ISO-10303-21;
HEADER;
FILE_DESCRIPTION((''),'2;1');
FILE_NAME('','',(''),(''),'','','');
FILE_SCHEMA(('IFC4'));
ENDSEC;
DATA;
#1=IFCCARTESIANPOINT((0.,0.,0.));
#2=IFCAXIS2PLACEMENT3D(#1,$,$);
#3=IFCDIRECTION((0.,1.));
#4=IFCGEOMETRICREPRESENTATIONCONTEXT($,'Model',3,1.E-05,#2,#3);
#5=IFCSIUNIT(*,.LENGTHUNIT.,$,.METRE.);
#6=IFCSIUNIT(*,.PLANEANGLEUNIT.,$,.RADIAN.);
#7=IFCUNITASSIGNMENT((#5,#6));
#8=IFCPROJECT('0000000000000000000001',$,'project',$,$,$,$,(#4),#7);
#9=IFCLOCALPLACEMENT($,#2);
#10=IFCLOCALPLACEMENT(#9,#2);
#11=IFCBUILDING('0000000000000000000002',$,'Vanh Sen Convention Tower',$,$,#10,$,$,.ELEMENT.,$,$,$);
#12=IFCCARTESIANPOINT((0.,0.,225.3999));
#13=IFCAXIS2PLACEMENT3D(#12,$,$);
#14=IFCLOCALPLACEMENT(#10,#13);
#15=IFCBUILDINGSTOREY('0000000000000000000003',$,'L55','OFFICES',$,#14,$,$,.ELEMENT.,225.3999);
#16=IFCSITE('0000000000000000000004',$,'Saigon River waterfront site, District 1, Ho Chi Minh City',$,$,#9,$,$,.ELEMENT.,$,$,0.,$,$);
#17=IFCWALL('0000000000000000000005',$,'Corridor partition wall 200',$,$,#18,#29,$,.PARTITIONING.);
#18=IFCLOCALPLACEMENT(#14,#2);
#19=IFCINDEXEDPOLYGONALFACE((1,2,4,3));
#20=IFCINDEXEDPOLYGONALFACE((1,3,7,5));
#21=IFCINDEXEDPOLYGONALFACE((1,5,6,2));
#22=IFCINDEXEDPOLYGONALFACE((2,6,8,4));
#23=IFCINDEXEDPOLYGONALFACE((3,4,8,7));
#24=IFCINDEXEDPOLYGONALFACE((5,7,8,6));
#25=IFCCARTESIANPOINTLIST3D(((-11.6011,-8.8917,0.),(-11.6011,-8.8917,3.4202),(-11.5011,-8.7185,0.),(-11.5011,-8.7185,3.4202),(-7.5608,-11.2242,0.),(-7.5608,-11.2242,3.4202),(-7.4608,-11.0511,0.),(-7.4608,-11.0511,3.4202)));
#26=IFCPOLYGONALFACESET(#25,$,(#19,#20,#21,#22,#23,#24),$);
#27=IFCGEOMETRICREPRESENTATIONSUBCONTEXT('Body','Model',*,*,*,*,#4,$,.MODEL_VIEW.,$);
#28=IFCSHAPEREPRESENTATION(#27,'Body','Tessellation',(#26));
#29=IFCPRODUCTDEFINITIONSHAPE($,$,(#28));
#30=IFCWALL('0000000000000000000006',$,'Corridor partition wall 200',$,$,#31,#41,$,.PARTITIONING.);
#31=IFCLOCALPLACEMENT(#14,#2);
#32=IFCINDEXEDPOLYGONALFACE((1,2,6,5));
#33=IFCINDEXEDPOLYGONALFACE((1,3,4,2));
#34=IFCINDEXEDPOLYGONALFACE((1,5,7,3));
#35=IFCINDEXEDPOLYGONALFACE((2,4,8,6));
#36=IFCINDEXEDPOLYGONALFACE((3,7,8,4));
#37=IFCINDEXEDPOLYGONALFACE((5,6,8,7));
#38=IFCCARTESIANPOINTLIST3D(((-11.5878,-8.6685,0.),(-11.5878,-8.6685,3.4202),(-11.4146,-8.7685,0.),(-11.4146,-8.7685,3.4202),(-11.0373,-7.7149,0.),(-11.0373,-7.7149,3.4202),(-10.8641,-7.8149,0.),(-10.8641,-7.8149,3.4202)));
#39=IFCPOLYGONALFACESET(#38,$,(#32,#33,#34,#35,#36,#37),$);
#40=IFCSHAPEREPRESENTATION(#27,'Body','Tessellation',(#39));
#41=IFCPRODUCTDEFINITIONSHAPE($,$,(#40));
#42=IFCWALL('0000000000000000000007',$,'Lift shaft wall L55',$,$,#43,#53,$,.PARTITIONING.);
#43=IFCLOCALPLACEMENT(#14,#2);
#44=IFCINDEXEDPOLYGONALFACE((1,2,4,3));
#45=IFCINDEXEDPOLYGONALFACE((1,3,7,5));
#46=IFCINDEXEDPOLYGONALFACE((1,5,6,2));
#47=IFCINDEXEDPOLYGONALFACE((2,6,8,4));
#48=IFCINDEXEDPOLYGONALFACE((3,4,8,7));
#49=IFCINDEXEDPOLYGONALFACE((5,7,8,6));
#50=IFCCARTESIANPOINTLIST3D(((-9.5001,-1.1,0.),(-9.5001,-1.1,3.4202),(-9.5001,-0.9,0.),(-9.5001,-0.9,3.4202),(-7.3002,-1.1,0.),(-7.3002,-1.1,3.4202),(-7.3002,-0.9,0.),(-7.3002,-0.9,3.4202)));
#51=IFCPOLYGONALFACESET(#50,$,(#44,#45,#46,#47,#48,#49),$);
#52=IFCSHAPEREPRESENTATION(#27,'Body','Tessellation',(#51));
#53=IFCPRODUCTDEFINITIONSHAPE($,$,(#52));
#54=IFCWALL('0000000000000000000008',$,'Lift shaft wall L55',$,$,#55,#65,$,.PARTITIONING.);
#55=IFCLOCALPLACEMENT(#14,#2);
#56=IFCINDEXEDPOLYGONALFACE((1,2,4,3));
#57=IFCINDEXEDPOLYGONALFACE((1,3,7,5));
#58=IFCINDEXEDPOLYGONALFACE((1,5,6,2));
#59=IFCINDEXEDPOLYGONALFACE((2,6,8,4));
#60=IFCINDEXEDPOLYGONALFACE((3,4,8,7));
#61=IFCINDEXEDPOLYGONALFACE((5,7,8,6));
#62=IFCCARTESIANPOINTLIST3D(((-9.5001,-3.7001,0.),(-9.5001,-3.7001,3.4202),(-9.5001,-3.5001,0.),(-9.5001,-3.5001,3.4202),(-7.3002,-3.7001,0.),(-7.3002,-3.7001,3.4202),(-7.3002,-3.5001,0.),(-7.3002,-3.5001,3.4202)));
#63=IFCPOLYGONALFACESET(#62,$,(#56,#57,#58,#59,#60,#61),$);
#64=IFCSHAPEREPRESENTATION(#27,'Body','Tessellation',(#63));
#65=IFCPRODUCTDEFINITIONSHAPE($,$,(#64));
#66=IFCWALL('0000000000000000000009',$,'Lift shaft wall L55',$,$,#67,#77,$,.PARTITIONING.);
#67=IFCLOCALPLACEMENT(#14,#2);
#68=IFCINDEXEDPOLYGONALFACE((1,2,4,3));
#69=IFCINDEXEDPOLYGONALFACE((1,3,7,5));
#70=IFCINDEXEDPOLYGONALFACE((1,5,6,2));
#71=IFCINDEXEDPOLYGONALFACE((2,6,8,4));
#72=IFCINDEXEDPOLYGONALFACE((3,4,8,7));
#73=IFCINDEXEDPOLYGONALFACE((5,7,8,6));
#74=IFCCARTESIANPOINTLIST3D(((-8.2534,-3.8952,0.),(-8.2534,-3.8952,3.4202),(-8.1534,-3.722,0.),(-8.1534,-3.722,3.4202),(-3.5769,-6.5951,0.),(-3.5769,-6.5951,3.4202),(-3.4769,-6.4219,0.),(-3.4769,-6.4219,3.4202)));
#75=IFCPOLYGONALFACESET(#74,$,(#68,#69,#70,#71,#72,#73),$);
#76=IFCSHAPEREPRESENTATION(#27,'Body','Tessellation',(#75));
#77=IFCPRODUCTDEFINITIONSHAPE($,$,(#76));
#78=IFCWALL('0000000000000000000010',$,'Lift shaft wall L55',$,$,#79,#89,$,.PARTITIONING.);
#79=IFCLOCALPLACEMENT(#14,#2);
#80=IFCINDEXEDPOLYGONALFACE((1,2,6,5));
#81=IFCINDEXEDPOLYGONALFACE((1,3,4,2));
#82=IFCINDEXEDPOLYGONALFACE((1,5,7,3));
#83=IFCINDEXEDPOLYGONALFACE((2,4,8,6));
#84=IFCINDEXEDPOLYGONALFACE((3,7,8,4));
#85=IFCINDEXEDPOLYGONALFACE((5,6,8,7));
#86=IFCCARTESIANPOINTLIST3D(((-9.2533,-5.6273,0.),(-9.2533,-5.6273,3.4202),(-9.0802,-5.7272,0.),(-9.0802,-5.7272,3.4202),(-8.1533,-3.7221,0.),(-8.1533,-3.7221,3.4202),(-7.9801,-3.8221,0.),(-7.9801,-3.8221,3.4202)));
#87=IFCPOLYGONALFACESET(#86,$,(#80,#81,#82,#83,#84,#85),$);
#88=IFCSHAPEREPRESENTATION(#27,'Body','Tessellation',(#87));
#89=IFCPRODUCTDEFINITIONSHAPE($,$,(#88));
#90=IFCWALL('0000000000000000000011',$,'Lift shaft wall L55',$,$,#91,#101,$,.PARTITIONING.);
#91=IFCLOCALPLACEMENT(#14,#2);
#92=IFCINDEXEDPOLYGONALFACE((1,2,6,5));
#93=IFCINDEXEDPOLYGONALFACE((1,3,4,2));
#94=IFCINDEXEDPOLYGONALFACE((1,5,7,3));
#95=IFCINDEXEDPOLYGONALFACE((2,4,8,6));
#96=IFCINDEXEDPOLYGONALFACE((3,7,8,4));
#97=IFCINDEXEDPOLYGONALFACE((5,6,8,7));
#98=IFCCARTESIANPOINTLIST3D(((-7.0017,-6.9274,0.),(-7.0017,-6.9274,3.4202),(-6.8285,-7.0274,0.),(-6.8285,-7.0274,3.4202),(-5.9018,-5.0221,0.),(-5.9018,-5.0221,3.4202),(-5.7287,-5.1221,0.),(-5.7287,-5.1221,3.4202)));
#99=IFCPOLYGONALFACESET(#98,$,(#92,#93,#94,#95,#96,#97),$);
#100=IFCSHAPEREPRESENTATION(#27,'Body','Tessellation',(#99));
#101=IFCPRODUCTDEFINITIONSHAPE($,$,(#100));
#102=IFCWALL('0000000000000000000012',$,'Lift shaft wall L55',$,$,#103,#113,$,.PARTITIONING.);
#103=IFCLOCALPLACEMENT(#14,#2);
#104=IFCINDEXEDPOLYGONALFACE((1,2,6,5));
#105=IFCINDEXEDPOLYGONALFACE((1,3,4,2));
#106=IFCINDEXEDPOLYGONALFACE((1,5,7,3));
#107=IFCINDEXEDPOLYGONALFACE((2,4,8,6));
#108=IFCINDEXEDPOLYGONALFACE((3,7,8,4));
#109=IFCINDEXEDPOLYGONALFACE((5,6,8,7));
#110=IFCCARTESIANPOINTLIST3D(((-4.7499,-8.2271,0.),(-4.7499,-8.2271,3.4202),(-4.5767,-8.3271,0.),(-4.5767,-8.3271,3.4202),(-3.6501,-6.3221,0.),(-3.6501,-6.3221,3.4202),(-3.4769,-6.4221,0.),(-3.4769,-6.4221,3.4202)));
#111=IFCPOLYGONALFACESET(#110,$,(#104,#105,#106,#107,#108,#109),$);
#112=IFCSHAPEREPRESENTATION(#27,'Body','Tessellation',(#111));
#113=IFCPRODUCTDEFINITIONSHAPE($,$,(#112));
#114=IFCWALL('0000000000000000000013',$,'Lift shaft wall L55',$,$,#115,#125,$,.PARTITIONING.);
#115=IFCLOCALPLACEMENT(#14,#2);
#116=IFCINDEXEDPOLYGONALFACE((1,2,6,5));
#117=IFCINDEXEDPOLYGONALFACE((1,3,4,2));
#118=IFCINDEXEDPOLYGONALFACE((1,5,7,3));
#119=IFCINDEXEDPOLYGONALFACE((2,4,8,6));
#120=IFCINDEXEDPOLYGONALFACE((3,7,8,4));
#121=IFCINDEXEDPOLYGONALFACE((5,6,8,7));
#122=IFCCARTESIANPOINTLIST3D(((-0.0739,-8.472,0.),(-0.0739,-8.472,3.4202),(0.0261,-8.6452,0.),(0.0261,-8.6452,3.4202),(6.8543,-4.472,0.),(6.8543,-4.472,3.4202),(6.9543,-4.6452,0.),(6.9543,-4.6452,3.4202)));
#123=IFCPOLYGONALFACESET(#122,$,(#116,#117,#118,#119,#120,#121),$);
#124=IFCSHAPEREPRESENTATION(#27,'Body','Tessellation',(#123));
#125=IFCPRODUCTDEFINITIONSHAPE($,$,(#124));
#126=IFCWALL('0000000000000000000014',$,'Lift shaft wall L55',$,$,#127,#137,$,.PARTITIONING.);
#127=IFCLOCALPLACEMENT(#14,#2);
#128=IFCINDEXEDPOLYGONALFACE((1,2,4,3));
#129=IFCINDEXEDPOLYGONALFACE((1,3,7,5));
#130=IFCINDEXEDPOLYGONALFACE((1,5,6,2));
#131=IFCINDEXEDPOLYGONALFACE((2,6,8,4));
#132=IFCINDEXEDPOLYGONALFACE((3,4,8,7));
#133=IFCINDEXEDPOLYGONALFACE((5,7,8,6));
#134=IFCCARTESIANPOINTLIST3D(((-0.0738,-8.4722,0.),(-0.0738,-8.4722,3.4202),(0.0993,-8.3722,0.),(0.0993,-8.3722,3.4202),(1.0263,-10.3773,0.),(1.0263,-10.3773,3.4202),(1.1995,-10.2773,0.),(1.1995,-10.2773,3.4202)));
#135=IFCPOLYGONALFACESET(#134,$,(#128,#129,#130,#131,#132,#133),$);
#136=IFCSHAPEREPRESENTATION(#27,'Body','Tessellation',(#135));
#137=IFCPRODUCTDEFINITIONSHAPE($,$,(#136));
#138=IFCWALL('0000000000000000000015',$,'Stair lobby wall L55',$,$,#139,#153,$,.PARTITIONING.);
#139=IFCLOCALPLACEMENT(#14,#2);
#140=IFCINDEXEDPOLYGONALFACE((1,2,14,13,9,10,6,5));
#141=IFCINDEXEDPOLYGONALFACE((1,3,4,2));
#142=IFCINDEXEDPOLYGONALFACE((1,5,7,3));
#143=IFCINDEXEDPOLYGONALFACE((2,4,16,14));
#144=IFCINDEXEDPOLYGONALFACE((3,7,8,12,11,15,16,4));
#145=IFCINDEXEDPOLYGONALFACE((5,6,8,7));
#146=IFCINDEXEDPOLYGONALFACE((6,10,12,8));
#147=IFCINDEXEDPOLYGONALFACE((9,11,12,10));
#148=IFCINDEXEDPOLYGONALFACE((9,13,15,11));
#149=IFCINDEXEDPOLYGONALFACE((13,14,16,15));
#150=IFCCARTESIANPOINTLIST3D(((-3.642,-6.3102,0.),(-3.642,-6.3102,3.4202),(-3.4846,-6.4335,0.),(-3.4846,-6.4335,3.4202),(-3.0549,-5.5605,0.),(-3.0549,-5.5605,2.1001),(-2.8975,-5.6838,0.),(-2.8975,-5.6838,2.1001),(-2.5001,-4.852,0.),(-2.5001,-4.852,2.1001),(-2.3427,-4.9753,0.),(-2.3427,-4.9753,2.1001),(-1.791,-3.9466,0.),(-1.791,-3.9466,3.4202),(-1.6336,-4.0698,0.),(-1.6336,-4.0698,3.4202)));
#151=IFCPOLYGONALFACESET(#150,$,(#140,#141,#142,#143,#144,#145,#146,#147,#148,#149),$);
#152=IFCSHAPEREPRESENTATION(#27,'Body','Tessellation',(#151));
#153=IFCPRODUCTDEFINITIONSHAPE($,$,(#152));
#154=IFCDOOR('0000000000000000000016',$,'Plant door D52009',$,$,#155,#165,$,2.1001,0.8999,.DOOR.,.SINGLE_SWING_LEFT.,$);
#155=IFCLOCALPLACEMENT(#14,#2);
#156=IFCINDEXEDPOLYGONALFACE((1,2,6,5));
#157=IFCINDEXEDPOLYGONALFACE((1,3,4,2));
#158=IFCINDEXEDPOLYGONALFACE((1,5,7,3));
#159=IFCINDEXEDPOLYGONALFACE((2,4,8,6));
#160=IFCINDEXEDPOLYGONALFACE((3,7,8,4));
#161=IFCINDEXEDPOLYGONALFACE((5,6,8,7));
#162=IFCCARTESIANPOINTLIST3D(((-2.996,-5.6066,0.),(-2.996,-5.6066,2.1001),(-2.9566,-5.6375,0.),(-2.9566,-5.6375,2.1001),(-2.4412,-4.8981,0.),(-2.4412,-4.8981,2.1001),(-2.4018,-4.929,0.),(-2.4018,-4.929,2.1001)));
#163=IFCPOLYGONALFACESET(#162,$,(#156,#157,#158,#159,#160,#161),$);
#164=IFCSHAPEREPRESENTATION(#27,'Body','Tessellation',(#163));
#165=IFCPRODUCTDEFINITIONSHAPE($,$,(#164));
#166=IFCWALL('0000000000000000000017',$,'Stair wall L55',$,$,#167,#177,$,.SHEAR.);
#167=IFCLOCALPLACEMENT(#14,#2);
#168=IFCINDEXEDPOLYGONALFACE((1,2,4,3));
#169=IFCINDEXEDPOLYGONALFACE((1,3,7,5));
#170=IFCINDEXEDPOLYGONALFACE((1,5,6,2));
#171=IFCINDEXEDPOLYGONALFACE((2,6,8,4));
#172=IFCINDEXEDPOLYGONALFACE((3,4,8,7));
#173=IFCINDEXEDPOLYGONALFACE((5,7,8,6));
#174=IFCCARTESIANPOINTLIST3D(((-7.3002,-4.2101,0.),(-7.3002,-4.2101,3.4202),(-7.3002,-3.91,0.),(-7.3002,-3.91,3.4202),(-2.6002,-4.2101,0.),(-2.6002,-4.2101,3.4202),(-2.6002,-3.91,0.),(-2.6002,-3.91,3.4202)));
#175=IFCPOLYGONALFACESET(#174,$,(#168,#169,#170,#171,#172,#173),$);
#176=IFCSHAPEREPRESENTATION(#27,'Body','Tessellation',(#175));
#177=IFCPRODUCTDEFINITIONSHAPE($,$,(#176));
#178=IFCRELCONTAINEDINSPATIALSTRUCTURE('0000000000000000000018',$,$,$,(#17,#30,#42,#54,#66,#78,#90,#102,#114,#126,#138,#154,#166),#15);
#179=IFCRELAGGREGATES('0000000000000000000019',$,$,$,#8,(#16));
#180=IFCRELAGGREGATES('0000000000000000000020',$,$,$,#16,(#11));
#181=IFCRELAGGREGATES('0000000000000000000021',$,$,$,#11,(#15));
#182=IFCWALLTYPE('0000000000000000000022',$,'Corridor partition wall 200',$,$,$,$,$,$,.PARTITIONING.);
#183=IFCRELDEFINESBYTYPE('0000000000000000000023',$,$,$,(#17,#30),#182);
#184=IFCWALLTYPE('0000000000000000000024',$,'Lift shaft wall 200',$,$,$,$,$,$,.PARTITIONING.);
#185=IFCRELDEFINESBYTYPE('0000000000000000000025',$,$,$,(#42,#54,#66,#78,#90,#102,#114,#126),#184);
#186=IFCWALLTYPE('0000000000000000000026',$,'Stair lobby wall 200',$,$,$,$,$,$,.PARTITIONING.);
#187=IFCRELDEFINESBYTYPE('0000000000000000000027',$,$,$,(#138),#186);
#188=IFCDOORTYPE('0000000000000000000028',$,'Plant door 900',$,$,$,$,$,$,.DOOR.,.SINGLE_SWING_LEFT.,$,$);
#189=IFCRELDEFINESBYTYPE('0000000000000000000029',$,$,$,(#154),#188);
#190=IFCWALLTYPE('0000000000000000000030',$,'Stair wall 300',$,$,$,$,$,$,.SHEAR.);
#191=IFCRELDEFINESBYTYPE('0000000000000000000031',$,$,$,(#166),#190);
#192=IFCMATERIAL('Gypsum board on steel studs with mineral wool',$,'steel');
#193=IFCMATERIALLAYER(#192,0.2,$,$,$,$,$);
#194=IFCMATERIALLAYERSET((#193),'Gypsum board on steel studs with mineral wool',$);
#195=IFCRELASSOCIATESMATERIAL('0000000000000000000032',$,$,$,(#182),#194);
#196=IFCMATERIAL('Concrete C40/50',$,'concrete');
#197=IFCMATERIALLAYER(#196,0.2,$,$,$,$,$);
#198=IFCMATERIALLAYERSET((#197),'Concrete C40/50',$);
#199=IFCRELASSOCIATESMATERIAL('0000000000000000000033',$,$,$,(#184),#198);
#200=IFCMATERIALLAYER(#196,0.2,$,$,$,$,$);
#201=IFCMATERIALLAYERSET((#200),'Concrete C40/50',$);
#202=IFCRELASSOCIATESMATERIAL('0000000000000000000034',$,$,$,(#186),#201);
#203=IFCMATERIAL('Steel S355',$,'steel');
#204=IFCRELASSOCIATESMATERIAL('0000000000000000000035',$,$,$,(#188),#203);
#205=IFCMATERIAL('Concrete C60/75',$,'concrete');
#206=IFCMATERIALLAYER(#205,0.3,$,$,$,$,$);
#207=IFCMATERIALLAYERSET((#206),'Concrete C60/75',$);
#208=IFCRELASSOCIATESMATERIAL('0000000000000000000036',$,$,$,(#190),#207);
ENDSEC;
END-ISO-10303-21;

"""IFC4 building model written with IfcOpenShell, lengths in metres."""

from ifc_helpers import new_model, si_unit, direction, frame, frame_2d, origin, place, context, subcontext, project, spatial, rectangle, extrude, material, layer, layer_set, type_object, element, fill, save


model = new_model("IFC4")

# Units and contexts
model_context = context("Model", 3, precision=1e-05, world=origin(), true_north=direction((0.0, 1.0)))
body_context = subcontext(model_context, "Body", "Model", "MODEL_VIEW")
ifc_project = project(units=[si_unit("LENGTHUNIT", "METRE"), si_unit("PLANEANGLEUNIT", "RADIAN")], contexts=[model_context])

# Site, building, storey
site_placement = place(None, origin())
site = spatial("IfcSite", under=ifc_project, at=site_placement, Name="Saigon River waterfront site, District 1, Ho Chi Minh City", CompositionType="ELEMENT", RefElevation=0.0)
building_placement = place(site_placement, origin())
building = spatial("IfcBuilding", under=site, at=building_placement, Name="Vanh Sen Convention Tower", CompositionType="ELEMENT")
storey_placement = place(building_placement, frame((0.0, 0.0, 225.3999)))
storey = spatial("IfcBuildingStorey", under=building, at=storey_placement, Name="L55", Description="OFFICES", CompositionType="ELEMENT", Elevation=225.3999)

# Shared definitions
ifc_material_1 = material(Name="Concrete C40/50", Category="concrete")

# Shared definitions
ifc_material_2 = material(Name="Concrete C60/75", Category="concrete")
ifc_material_3 = material(Name="Steel S355", Category="steel")

# Walls
ifc_material_4 = material(Name="Gypsum board on steel studs with mineral wool", Category="steel")
ifc_layer_1 = layer(ifc_material_4, 0.2)
ifc_layer_set_1 = layer_set([ifc_layer_1], Name="Gypsum board on steel studs with mineral wool")
wall_type_1 = type_object("IfcWallType", Name="Corridor partition wall 200", PredefinedType="PARTITIONING", material=ifc_layer_set_1)
wall_1_placement = place(storey_placement, frame((-11.551, -8.8052, 0.0), z_axis=(0.0, 0.0, 1.0), x_axis=(0.866038, -0.499978, 0.0)))
element("IfcWall", 1, at=wall_1_placement, inside=storey, type_object=wall_type_1, Name="Corridor partition wall 200", PredefinedType="PARTITIONING", context=body_context, shape_type="SweptSolid", body=[
    extrude(rectangle(XDim=4.6653, YDim=0.2, at=frame_2d((2.3325, 0.0))), origin(), (0.0, 0.0, 1.0), 3.4202),
])
wall_2_placement = place(storey_placement, frame((-10.9507, -7.7649, 0.0), z_axis=(0.0, 0.0, 1.0), x_axis=(-0.499978, -0.866038, 0.0)))
element("IfcWall", 2, at=wall_2_placement, inside=storey, type_object=wall_type_1, Name="Corridor partition wall 200", PredefinedType="PARTITIONING", context=body_context, shape_type="SweptSolid", body=[
    extrude(rectangle(XDim=1.1011, YDim=0.2, at=frame_2d((0.5505, 0.0))), origin(), (0.0, 0.0, 1.0), 3.4202),
])
ifc_layer_2 = layer(ifc_material_1, 0.2)
ifc_layer_set_2 = layer_set([ifc_layer_2], Name="Concrete C40/50")
wall_type_2 = type_object("IfcWallType", Name="Lift shaft wall 200", PredefinedType="PARTITIONING", material=ifc_layer_set_2)
for number, where, z_axis, x_axis, name in (
    (3, (-7.3, -1.0, 0.0), (0.0, 0.0, 1.0), (-1.0, 0.0, 0.0), "Lift shaft wall L55"),
    (4, (-7.3, -3.6001, 0.0), (0.0, 0.0, 1.0), (-1.0, 0.0, 0.0), "Lift shaft wall L55"),
):
    element("IfcWall", number, at=place(storey_placement, frame(where, z_axis=z_axis, x_axis=x_axis)), inside=storey, type_object=wall_type_2, Name=name, PredefinedType="PARTITIONING", context=body_context, shape_type="SweptSolid", body=[
        extrude(rectangle(XDim=2.2, YDim=0.2, at=frame_2d((1.1001, 0.0))), origin(), (0.0, 0.0, 1.0), 3.4202),
    ])
wall_3_placement = place(storey_placement, frame((-8.2034, -3.8086, 0.0), z_axis=(0.0, 0.0, 1.0), x_axis=(0.866028, -0.499995, 0.0)))
element("IfcWall", 5, at=wall_3_placement, inside=storey, type_object=wall_type_2, Name="Lift shaft wall L55", PredefinedType="PARTITIONING", context=body_context, shape_type="SweptSolid", body=[
    extrude(rectangle(XDim=5.3999, YDim=0.2, at=frame_2d((2.7, 0.0))), origin(), (0.0, 0.0, 1.0), 3.4202),
])
for number, where, z_axis, x_axis, name in (
    (6, (-8.0667, -3.772, 0.0), (0.0, 0.0, 1.0), (-0.50003, -0.866008, 0.0), "Lift shaft wall L55"),
    (7, (-5.8152, -5.072, 0.0), (0.0, 0.0, 1.0), (-0.499947, -0.866056, 0.0), "Lift shaft wall L55"),
):
    element("IfcWall", number, at=place(storey_placement, frame(where, z_axis=z_axis, x_axis=x_axis)), inside=storey, type_object=wall_type_2, Name=name, PredefinedType="PARTITIONING", context=body_context, shape_type="SweptSolid", body=[
        extrude(rectangle(XDim=2.2, YDim=0.2, at=frame_2d((1.1001, 0.0))), origin(), (0.0, 0.0, 1.0), 3.4202),
    ])
wall_4_placement = place(storey_placement, frame((-3.5635, -6.3721, 0.0), z_axis=(0.0, 0.0, 1.0), x_axis=(-0.499995, -0.866028, 0.0)))
element("IfcWall", 8, at=wall_4_placement, inside=storey, type_object=wall_type_2, Name="Lift shaft wall L55", PredefinedType="PARTITIONING", context=body_context, shape_type="SweptSolid", body=[
    extrude(rectangle(XDim=2.1997, YDim=0.2, at=frame_2d((1.0999, 0.0))), origin(), (0.0, 0.0, 1.0), 3.4202),
])
wall_5_placement = place(storey_placement, frame((-0.0239, -8.5586, 0.0), z_axis=(0.0, 0.0, 1.0), x_axis=(0.866026, 0.499999, 0.0)))
element("IfcWall", 9, at=wall_5_placement, inside=storey, type_object=wall_type_2, Name="Lift shaft wall L55", PredefinedType="PARTITIONING", context=body_context, shape_type="SweptSolid", body=[
    extrude(rectangle(XDim=8.0, YDim=0.2, at=frame_2d((4.0, 0.0))), origin(), (0.0, 0.0, 1.0), 3.4202),
])
wall_6_placement = place(storey_placement, frame((0.0127, -8.4221, 0.0), z_axis=(0.0, 0.0, 1.0), x_axis=(0.500078, -0.86598, 0.0)))
element("IfcWall", 10, at=wall_6_placement, inside=storey, type_object=wall_type_2, Name="Lift shaft wall L55", PredefinedType="PARTITIONING", context=body_context, shape_type="SweptSolid", body=[
    extrude(rectangle(XDim=2.2, YDim=0.2, at=frame_2d((1.1001, 0.0))), origin(), (0.0, 0.0, 1.0), 3.4202),
])

# Wall, opening, door
ifc_layer_3 = layer(ifc_material_1, 0.2)
ifc_layer_set_3 = layer_set([ifc_layer_3], Name="Concrete C40/50")
wall_type_3 = type_object("IfcWallType", Name="Stair lobby wall 200", PredefinedType="PARTITIONING", material=ifc_layer_set_3)
wall_7_placement = place(storey_placement, frame((-1.7124, -4.0083, 0.0), z_axis=(0.0, 0.0, 1.0), x_axis=(-0.616549, -0.787316, 0.0)))
wall_7 = element("IfcWall", 11, at=wall_7_placement, inside=storey, type_object=wall_type_3, Name="Stair lobby wall L55", PredefinedType="PARTITIONING", context=body_context, shape_type="SweptSolid", body=[
    extrude(rectangle(XDim=3.0022, YDim=0.2, at=frame_2d((1.501, 0.0))), origin(), (0.0, 0.0, 1.0), 3.4202),
])
opening_1_placement = place(wall_7_placement, frame((1.1499, 0.0, 0.0)))
opening_1 = element("IfcOpeningElement", 12, at=opening_1_placement, cuts=wall_7, PredefinedType="OPENING", context=body_context, shape_type="SweptSolid", body=[
    extrude(rectangle(XDim=0.8999, YDim=2.1001, at=frame_2d((0.45, 1.05))), frame((0.0, 0.1099, 0.0), z_axis=(0.0, -1.0, 0.0), x_axis=(1.0, 0.0, 0.0)), (0.0, 0.0, 1.0), 0.22),
])
door_type_1 = type_object("IfcDoorType", Name="Plant door 900", OperationType="SINGLE_SWING_LEFT", PredefinedType="DOOR", material=ifc_material_3)
door_1_placement = place(opening_1_placement, origin())
door_1 = element("IfcDoor", 13, at=door_1_placement, inside=storey, type_object=door_type_1, Name="Plant door D52009", OperationType="SINGLE_SWING_LEFT", OverallHeight=2.1001, OverallWidth=0.8999, PredefinedType="DOOR", context=body_context, shape_type="SweptSolid", body=[
    extrude(rectangle(XDim=0.8999, YDim=2.1001, at=frame_2d((0.45, 1.05))), frame((0.0, 0.0249, 0.0), z_axis=(0.0, -1.0, 0.0), x_axis=(1.0, 0.0, 0.0)), (0.0, 0.0, 1.0), 0.05),
])
fill(opening_1, door_1)

# Wall
ifc_layer_4 = layer(ifc_material_2, 0.3)
ifc_layer_set_4 = layer_set([ifc_layer_4], Name="Concrete C60/75")
wall_type_4 = type_object("IfcWallType", Name="Stair wall 300", PredefinedType="SHEAR", material=ifc_layer_set_4)
wall_8_placement = place(storey_placement, frame((-2.6001, -4.0601, 0.0), z_axis=(0.0, 0.0, 1.0), x_axis=(-1.0, 0.0, 0.0)))
element("IfcWall", 14, at=wall_8_placement, inside=storey, type_object=wall_type_4, Name="Stair wall L55", PredefinedType="SHEAR", context=body_context, shape_type="SweptSolid", body=[
    extrude(rectangle(XDim=4.7, YDim=0.3, at=frame_2d((2.3501, 0.0))), origin(), (0.0, 0.0, 1.0), 3.4202),
])

save(model, "model.ifc")
